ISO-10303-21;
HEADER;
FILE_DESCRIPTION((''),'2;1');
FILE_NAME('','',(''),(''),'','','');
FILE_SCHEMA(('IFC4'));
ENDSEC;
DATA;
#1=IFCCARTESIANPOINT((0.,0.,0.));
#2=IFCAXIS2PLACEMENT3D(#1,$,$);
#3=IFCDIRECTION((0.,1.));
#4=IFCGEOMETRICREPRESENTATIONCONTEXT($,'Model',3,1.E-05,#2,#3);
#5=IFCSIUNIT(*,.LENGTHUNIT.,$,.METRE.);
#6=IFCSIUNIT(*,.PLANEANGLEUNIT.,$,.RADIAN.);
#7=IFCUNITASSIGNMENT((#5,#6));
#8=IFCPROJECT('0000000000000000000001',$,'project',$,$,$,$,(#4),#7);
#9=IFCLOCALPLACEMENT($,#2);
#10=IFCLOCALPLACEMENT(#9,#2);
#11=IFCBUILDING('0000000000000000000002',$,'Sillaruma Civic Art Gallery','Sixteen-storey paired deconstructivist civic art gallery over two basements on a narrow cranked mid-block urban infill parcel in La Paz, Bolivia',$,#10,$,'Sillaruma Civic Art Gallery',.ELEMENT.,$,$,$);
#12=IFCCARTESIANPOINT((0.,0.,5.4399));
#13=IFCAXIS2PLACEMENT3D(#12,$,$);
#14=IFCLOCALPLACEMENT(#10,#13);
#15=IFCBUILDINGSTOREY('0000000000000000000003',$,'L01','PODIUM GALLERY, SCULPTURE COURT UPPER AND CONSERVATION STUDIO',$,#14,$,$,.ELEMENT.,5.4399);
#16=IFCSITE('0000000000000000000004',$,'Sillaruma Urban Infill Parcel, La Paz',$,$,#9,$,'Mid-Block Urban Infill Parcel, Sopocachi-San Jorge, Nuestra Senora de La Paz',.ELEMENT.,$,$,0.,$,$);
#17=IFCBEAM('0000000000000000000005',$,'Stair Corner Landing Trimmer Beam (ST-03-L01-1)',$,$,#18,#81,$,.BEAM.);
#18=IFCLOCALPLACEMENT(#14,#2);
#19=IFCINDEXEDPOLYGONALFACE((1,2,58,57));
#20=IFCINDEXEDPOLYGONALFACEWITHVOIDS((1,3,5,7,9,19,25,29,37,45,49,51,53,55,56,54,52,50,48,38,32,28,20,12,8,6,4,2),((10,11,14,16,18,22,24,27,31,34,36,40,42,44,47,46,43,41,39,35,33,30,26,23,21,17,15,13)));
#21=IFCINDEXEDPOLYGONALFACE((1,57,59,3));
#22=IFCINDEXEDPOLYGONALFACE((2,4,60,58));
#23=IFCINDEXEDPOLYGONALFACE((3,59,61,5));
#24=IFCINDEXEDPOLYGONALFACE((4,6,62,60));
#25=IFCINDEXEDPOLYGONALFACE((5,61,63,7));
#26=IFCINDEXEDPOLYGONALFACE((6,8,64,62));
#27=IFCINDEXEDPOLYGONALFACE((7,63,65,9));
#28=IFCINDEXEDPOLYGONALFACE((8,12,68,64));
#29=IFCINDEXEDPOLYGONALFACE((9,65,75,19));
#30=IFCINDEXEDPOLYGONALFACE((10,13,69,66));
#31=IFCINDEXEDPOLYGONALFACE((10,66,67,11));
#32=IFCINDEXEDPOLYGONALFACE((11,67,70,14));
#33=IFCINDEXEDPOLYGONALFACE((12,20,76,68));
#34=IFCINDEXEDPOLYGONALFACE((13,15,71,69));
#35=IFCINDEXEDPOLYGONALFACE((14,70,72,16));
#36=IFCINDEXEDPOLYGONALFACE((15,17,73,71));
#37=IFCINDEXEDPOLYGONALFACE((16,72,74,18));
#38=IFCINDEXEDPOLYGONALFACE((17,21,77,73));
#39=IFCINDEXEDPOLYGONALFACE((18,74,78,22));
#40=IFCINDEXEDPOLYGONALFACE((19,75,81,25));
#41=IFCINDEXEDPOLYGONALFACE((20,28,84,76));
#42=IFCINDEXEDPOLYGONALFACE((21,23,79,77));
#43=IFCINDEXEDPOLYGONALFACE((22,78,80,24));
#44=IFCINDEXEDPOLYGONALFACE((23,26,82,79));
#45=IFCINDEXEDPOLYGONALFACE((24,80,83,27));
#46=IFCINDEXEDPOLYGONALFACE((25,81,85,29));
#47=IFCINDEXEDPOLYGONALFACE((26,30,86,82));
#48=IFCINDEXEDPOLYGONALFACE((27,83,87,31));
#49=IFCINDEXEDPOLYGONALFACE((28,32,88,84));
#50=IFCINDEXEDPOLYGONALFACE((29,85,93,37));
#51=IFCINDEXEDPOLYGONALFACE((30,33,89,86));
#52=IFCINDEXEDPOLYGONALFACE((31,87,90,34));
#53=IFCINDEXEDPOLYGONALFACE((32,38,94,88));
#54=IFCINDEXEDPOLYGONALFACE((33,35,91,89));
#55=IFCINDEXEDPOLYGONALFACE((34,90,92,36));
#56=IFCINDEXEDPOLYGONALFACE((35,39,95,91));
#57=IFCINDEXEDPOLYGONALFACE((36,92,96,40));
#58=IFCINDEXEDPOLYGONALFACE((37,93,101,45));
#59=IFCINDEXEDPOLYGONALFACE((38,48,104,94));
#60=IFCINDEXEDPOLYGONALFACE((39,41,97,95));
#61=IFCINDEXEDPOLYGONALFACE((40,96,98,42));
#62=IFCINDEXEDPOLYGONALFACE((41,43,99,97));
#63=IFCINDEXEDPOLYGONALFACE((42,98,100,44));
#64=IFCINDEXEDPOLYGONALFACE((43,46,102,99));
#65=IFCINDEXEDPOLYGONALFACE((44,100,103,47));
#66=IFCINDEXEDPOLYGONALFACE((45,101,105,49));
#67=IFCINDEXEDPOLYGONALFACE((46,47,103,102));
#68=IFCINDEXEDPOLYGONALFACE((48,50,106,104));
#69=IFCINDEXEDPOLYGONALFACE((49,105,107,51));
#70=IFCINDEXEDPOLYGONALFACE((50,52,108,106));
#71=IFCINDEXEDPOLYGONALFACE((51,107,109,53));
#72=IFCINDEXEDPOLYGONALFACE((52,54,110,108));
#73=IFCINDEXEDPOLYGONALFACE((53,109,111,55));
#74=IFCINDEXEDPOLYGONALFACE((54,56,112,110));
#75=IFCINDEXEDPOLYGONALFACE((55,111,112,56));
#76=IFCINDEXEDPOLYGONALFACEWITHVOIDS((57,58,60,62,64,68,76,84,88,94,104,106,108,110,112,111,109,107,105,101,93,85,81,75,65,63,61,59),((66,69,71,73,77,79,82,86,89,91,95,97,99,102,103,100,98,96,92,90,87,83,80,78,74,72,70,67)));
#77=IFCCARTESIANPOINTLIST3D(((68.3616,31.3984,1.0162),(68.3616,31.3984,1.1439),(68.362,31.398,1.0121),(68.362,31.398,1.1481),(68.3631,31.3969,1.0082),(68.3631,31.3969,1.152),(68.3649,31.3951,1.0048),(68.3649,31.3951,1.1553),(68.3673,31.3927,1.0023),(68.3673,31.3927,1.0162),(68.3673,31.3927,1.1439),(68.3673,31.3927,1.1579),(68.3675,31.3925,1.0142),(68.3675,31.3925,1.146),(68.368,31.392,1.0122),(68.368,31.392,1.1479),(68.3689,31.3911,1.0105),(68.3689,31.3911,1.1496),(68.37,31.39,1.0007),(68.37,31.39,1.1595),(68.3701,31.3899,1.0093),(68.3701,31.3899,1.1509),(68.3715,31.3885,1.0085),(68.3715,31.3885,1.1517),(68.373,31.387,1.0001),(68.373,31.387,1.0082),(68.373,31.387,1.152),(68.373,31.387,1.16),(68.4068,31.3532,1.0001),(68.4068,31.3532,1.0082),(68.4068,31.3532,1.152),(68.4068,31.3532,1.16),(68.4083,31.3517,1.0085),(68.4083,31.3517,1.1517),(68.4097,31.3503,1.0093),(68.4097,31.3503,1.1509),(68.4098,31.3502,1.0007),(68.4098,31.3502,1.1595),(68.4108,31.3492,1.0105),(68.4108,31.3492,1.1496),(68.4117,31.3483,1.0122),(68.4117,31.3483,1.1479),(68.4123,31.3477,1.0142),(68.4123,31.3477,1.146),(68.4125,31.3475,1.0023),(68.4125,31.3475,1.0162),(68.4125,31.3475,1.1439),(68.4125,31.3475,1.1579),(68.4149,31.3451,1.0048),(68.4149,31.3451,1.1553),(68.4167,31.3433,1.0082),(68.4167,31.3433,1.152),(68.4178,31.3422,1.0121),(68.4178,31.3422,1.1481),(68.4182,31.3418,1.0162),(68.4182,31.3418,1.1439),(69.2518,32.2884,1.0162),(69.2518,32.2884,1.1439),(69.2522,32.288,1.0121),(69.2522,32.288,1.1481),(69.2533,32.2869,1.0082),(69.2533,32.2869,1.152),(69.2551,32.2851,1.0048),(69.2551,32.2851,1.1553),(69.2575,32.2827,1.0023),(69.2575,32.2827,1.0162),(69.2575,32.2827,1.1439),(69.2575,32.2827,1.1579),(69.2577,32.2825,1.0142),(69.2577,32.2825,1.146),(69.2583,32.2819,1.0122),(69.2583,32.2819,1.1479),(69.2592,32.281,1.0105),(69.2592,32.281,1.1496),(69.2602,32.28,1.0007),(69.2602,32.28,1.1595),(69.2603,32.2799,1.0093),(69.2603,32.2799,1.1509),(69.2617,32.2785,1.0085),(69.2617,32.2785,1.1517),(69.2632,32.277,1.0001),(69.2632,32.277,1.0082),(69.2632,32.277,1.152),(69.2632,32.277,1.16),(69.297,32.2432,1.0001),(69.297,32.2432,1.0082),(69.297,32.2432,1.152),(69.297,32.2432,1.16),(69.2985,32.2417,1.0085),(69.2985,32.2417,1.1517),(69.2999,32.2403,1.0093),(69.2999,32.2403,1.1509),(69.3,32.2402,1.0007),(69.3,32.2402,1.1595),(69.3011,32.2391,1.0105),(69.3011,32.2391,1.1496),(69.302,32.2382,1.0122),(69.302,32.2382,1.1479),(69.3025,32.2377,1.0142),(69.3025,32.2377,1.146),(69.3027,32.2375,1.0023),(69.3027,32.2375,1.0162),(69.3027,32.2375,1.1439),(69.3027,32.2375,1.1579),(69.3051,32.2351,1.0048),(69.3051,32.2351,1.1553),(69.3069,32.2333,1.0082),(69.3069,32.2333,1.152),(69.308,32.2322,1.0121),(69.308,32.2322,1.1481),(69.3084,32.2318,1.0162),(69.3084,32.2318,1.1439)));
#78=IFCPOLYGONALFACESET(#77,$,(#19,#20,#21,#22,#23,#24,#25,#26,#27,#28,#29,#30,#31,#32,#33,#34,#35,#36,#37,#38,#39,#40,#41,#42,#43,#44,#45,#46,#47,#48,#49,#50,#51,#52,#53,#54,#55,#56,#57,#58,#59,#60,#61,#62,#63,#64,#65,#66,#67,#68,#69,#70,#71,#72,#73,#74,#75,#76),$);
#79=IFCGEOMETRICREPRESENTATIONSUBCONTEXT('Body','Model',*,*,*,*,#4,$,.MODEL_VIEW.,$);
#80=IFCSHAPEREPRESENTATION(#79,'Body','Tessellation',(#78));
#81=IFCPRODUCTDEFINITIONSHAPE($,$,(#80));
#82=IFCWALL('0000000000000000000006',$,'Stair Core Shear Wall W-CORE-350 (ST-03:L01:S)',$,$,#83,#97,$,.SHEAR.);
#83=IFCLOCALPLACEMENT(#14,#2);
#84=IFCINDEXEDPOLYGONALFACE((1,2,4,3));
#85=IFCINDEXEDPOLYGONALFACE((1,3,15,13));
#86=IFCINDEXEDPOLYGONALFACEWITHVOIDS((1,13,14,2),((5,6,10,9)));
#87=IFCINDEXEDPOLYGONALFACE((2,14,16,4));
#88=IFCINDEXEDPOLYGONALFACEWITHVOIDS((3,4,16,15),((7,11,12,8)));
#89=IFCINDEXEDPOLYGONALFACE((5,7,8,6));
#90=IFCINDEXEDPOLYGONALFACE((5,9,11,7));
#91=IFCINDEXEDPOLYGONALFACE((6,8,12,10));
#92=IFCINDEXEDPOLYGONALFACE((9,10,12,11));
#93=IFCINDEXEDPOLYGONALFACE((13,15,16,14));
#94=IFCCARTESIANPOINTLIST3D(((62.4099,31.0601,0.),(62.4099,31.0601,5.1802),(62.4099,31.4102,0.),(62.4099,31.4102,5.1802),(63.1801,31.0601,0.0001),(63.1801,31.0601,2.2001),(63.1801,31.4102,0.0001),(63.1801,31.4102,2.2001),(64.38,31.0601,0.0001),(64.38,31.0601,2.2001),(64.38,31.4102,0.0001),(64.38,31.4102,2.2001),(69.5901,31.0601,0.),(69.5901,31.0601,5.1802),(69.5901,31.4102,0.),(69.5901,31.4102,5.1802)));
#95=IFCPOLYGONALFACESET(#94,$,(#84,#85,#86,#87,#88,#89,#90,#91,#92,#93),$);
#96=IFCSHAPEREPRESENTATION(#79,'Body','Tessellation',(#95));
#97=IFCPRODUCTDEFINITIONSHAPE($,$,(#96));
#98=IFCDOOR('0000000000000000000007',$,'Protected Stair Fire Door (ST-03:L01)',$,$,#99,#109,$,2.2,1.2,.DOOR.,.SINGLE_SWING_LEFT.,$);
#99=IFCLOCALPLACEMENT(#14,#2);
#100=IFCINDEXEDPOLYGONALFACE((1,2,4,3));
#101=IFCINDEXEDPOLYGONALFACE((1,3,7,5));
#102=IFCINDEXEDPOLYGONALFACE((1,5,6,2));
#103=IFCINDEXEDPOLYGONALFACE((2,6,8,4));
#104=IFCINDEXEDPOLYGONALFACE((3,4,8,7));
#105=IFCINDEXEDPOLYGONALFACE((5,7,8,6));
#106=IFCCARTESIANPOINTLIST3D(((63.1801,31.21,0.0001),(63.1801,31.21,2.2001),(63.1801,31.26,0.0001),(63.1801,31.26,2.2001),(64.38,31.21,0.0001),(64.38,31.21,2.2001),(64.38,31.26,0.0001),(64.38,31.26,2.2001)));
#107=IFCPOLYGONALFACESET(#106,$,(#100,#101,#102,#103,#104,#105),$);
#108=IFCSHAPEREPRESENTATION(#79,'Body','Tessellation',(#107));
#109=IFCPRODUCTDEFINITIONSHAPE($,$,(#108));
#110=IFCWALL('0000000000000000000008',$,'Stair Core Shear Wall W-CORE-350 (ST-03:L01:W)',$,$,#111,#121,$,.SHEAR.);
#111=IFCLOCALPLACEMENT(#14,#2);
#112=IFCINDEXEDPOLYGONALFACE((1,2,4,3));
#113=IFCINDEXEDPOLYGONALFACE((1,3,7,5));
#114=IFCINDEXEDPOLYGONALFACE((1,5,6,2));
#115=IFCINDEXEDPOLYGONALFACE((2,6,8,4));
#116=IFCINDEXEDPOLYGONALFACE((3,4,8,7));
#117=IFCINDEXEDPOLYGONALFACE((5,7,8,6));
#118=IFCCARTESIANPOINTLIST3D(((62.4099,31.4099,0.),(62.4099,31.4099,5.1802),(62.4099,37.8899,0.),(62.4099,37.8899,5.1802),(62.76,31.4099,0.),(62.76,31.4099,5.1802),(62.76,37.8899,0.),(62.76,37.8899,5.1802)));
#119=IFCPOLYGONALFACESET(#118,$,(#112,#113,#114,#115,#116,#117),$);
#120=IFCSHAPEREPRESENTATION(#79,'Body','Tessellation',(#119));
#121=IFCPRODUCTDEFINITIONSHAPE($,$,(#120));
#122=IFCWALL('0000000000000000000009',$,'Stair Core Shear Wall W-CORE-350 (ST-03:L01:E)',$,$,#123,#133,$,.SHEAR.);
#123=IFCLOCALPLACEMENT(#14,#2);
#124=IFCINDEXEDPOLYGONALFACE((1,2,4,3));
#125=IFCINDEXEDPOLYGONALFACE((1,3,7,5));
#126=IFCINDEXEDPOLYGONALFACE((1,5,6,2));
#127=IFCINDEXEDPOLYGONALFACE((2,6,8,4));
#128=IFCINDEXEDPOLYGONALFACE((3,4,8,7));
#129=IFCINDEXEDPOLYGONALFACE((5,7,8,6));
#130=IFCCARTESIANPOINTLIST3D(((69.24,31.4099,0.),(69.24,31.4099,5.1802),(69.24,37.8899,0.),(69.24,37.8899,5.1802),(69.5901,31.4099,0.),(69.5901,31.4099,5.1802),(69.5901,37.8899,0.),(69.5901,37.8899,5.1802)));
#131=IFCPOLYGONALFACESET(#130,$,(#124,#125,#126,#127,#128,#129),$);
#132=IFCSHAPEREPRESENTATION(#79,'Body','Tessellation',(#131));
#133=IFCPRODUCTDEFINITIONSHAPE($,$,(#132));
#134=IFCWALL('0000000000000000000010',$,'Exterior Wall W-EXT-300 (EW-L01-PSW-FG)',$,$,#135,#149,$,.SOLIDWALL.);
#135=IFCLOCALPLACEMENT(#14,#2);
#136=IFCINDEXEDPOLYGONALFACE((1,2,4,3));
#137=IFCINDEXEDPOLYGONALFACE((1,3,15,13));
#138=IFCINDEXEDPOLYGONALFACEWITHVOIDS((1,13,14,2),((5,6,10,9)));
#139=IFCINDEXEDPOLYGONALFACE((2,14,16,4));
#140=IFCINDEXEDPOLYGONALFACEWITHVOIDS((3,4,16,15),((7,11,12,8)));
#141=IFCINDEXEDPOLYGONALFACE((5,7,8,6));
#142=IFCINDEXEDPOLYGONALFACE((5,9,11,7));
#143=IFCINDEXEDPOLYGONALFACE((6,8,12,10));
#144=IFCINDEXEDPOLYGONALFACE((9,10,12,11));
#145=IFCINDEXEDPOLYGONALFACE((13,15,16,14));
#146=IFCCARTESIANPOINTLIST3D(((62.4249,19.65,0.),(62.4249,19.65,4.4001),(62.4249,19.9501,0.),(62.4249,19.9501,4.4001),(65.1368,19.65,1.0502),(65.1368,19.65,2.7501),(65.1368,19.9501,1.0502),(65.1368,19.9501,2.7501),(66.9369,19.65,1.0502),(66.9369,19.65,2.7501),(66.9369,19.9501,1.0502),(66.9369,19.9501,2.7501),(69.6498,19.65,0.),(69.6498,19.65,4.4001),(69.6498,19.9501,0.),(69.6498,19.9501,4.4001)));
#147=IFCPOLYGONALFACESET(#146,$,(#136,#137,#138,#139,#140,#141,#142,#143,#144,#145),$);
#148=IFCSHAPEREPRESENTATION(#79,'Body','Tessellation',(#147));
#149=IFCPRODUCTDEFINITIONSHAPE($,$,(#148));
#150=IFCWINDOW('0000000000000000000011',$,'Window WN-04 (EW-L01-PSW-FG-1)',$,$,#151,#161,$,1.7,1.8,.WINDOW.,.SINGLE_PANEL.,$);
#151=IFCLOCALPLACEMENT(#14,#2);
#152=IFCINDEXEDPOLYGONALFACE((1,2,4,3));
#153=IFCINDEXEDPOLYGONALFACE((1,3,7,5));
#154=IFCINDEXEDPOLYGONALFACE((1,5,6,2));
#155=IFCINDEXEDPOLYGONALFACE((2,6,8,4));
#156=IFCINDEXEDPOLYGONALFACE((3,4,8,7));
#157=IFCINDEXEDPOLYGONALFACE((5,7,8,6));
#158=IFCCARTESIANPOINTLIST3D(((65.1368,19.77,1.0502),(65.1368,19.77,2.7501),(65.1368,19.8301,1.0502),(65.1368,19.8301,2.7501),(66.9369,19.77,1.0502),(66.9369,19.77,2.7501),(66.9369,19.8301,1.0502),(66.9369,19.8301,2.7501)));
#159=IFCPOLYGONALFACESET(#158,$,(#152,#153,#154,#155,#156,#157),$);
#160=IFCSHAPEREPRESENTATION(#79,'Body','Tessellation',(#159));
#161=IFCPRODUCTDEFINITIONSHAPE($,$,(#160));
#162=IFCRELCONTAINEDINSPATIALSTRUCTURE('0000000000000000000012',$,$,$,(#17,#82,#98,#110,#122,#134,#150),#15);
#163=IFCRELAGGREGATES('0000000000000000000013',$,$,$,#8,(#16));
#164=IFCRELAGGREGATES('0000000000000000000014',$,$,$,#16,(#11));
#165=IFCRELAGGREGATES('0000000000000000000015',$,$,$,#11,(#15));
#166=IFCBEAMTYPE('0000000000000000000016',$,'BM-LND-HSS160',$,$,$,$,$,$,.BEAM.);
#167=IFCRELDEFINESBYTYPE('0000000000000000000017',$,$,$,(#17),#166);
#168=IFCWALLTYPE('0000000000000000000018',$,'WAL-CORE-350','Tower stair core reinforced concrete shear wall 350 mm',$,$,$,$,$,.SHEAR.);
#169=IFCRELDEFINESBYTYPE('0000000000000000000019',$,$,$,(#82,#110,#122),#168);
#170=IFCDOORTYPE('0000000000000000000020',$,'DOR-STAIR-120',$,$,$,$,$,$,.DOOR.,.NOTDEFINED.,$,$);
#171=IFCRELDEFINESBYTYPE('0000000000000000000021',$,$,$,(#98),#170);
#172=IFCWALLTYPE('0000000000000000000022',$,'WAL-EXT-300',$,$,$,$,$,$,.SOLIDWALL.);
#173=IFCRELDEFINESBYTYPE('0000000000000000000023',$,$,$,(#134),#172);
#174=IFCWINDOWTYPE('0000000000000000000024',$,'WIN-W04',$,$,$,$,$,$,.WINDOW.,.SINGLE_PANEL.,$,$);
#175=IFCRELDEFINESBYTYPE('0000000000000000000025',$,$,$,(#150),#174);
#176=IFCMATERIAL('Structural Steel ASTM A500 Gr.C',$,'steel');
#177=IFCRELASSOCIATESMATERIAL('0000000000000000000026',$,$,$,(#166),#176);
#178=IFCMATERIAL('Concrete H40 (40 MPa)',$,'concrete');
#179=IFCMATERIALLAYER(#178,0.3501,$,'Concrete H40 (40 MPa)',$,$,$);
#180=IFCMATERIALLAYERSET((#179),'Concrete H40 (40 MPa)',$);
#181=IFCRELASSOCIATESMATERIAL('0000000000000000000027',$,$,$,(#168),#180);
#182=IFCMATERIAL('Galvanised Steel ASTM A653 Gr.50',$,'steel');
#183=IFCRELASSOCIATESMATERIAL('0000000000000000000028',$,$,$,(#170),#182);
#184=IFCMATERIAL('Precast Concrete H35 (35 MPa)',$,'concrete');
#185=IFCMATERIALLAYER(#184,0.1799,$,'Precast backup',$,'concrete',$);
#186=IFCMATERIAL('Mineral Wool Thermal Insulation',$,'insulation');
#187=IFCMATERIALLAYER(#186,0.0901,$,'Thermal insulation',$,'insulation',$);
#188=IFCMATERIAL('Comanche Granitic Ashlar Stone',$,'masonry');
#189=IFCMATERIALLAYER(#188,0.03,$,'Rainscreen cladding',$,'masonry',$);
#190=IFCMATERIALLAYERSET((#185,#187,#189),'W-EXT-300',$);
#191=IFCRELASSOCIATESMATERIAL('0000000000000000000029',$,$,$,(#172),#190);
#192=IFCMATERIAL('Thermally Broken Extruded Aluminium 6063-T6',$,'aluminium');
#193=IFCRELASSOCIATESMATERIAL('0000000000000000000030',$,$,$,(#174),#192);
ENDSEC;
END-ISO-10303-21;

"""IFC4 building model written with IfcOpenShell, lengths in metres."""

from ifc_helpers import new_model, si_unit, direction, frame, frame_2d, origin, origin_2d, place, context, subcontext, project, spatial, rectangle, hollow_rectangle, extrude, material, layer, layer_set, material_profile, profile_set, type_object, element, fill, save


model = new_model("IFC4")

# Units and contexts
model_context = context("Model", 3, precision=1e-05, world=origin(), true_north=direction((0.0, 1.0)))
body_context = subcontext(model_context, "Body", "Model", "MODEL_VIEW")
ifc_project = project(units=[si_unit("LENGTHUNIT", "METRE"), si_unit("PLANEANGLEUNIT", "RADIAN")], contexts=[model_context])

# Site, building, storey
site_placement = place(None, origin())
site = spatial("IfcSite", under=ifc_project, at=site_placement, Name="Sillaruma Urban Infill Parcel, La Paz", LongName="Mid-Block Urban Infill Parcel, Sopocachi-San Jorge, Nuestra Senora de La Paz", CompositionType="ELEMENT", RefElevation=0.0)
building_placement = place(site_placement, origin())
building = spatial("IfcBuilding", under=site, at=building_placement, Name="Sillaruma Civic Art Gallery", Description="Sixteen-storey paired deconstructivist civic art gallery over two basements on a narrow cranked mid-block urban infill parcel in La Paz, Bolivia", LongName="Sillaruma Civic Art Gallery", CompositionType="ELEMENT")
storey_placement = place(building_placement, frame((0.0, 0.0, 5.4399)))
storey = spatial("IfcBuildingStorey", under=building, at=storey_placement, Name="L01", Description="PODIUM GALLERY, SCULPTURE COURT UPPER AND CONSERVATION STUDIO", CompositionType="ELEMENT", Elevation=5.4399)

# Shared definitions
ifc_material_1 = material(Name="Concrete H40 (40 MPa)", Category="concrete")

# Beam
ifc_material_2 = material(Name="Structural Steel ASTM A500 Gr.C", Category="steel")
ifc_material_profile_1 = material_profile(ifc_material_2, hollow_rectangle(XDim=0.0801, YDim=0.1599, WallThickness=0.0081, InnerFilletRadius=0.0081, OuterFilletRadius=0.0161, at=origin_2d()), Name="HSS160x80x8")
ifc_profile_set_1 = profile_set([ifc_material_profile_1], Name="Structural Steel ASTM A500 Gr.C")
beam_type_1 = type_object("IfcBeamType", Name="BM-LND-HSS160", PredefinedType="BEAM", material=ifc_profile_set_1)
beam_1_placement = place(storey_placement, frame((68.3899, 31.3701, 1.0801), z_axis=(0.707204, 0.70701, 0.0), x_axis=(-0.70701, 0.707204, 0.0)))
element("IfcBeam", 1, at=beam_1_placement, inside=storey, type_object=beam_type_1, Name="Stair Corner Landing Trimmer Beam (ST-03-L01-1)", PredefinedType="BEAM", context=body_context, shape_type="SweptSolid", body=[
    extrude(hollow_rectangle(XDim=0.0801, YDim=0.1599, WallThickness=0.0081, InnerFilletRadius=0.0081, OuterFilletRadius=0.0161, at=origin_2d()), origin(), (0.0, 0.0, 1.0), 1.2588),
])

# Wall, opening, door
ifc_layer_1 = layer(ifc_material_1, 0.3501, Name="Concrete H40 (40 MPa)")
ifc_layer_set_1 = layer_set([ifc_layer_1], Name="Concrete H40 (40 MPa)")
wall_type_1 = type_object("IfcWallType", Name="WAL-CORE-350", Description="Tower stair core reinforced concrete shear wall 350 mm", PredefinedType="SHEAR", material=ifc_layer_set_1)
wall_1_placement = place(storey_placement, frame((62.4099, 31.2351, 0.0), z_axis=(0.0, 0.0, 1.0), x_axis=(1.0, 0.0, 0.0)))
wall_1 = element("IfcWall", 2, at=wall_1_placement, inside=storey, type_object=wall_type_1, Name="Stair Core Shear Wall W-CORE-350 (ST-03:L01:S)", PredefinedType="SHEAR", context=body_context, shape_type="SweptSolid", body=[
    extrude(rectangle(XDim=7.1802, YDim=0.3501, at=frame_2d((3.5901, 0.0))), origin(), (0.0, 0.0, 1.0), 5.1802),
])
opening_1_placement = place(wall_1_placement, frame((0.77, 0.0, 0.0)))
opening_1 = element("IfcOpeningElement", 3, at=opening_1_placement, cuts=wall_1, PredefinedType="OPENING", context=body_context, shape_type="SweptSolid", body=[
    extrude(rectangle(XDim=1.2, YDim=2.2, at=frame_2d((0.6001, 1.1001))), frame((0.0, 0.1851, 0.0), z_axis=(0.0, -1.0, 0.0), x_axis=(1.0, 0.0, 0.0)), (0.0, 0.0, 1.0), 0.3701),
])
ifc_material_3 = material(Name="Galvanised Steel ASTM A653 Gr.50", Category="steel")
door_type_1 = type_object("IfcDoorType", Name="DOR-STAIR-120", OperationType="NOTDEFINED", PredefinedType="DOOR", material=ifc_material_3)
door_1_placement = place(opening_1_placement, origin())
door_1 = element("IfcDoor", 4, at=door_1_placement, inside=storey, type_object=door_type_1, Name="Protected Stair Fire Door (ST-03:L01)", OperationType="SINGLE_SWING_LEFT", OverallHeight=2.2, OverallWidth=1.2, PredefinedType="DOOR", context=body_context, shape_type="SweptSolid", body=[
    extrude(rectangle(XDim=1.2, YDim=2.2, at=frame_2d((0.6001, 1.1001))), frame((0.0, 0.0249, 0.0), z_axis=(0.0, -1.0, 0.0), x_axis=(1.0, 0.0, 0.0)), (0.0, 0.0, 1.0), 0.05),
])
fill(opening_1, door_1)

# Walls
for number, where, z_axis, x_axis, name in (
    (5, (62.585, 31.4099, 0.0), (0.0, 0.0, 1.0), (0.0, 1.0, 0.0), "Stair Core Shear Wall W-CORE-350 (ST-03:L01:W)"),
    (6, (69.415, 31.4099, 0.0), (0.0, 0.0, 1.0), (0.0, 1.0, 0.0), "Stair Core Shear Wall W-CORE-350 (ST-03:L01:E)"),
):
    element("IfcWall", number, at=place(storey_placement, frame(where, z_axis=z_axis, x_axis=x_axis)), inside=storey, type_object=wall_type_1, Name=name, PredefinedType="SHEAR", context=body_context, shape_type="SweptSolid", body=[
        extrude(rectangle(XDim=6.48, YDim=0.3501, at=frame_2d((3.24, 0.0))), origin(), (0.0, 0.0, 1.0), 5.1802),
    ])

# Wall, opening, window
ifc_material_4 = material(Name="Precast Concrete H35 (35 MPa)", Category="concrete")
ifc_layer_2 = layer(ifc_material_4, 0.1799, Name="Precast backup", Category="concrete")
ifc_material_5 = material(Name="Mineral Wool Thermal Insulation", Category="insulation")
ifc_layer_3 = layer(ifc_material_5, 0.0901, Name="Thermal insulation", Category="insulation")
ifc_material_6 = material(Name="Comanche Granitic Ashlar Stone", Category="masonry")
ifc_layer_4 = layer(ifc_material_6, 0.03, Name="Rainscreen cladding", Category="masonry")
ifc_layer_set_2 = layer_set([ifc_layer_2, ifc_layer_3, ifc_layer_4], Name="W-EXT-300")
wall_type_2 = type_object("IfcWallType", Name="WAL-EXT-300", PredefinedType="SOLIDWALL", material=ifc_layer_set_2)
wall_2_placement = place(storey_placement, frame((62.425, 19.8, 0.0), z_axis=(0.0, 0.0, 1.0), x_axis=(1.0, 0.0, 0.0)))
wall_2 = element("IfcWall", 7, at=wall_2_placement, inside=storey, type_object=wall_type_2, Name="Exterior Wall W-EXT-300 (EW-L01-PSW-FG)", PredefinedType="SOLIDWALL", context=body_context, shape_type="SweptSolid", body=[
    extrude(rectangle(XDim=7.2249, YDim=0.3, at=frame_2d((3.6123, 0.0))), origin(), (0.0, 0.0, 1.0), 4.4001),
])
opening_2_placement = place(wall_2_placement, frame((2.7119, 0.0, 1.05)))
opening_2 = element("IfcOpeningElement", 8, at=opening_2_placement, cuts=wall_2, PredefinedType="OPENING", context=body_context, shape_type="SweptSolid", body=[
    extrude(rectangle(XDim=1.8, YDim=1.7, at=frame_2d((0.8999, 0.8501))), frame((0.0, 0.1599, 0.0), z_axis=(0.0, -1.0, 0.0), x_axis=(1.0, 0.0, 0.0)), (0.0, 0.0, 1.0), 0.3201),
])
ifc_material_7 = material(Name="Thermally Broken Extruded Aluminium 6063-T6", Category="aluminium")
window_type_1 = type_object("IfcWindowType", Name="WIN-W04", PartitioningType="SINGLE_PANEL", PredefinedType="WINDOW", material=ifc_material_7)
window_1_placement = place(opening_2_placement, origin())
window_1 = element("IfcWindow", 9, at=window_1_placement, inside=storey, type_object=window_type_1, Name="Window WN-04 (EW-L01-PSW-FG-1)", OverallHeight=1.7, OverallWidth=1.8, PartitioningType="SINGLE_PANEL", PredefinedType="WINDOW", context=body_context, shape_type="SweptSolid", body=[
    extrude(rectangle(XDim=1.8, YDim=1.7, at=frame_2d((0.8999, 0.8501))), frame((0.0, 0.03, 0.0), z_axis=(0.0, -1.0, 0.0), x_axis=(1.0, 0.0, 0.0)), (0.0, 0.0, 1.0), 0.0601),
])
fill(opening_2, window_1)

save(model, "model.ifc")
